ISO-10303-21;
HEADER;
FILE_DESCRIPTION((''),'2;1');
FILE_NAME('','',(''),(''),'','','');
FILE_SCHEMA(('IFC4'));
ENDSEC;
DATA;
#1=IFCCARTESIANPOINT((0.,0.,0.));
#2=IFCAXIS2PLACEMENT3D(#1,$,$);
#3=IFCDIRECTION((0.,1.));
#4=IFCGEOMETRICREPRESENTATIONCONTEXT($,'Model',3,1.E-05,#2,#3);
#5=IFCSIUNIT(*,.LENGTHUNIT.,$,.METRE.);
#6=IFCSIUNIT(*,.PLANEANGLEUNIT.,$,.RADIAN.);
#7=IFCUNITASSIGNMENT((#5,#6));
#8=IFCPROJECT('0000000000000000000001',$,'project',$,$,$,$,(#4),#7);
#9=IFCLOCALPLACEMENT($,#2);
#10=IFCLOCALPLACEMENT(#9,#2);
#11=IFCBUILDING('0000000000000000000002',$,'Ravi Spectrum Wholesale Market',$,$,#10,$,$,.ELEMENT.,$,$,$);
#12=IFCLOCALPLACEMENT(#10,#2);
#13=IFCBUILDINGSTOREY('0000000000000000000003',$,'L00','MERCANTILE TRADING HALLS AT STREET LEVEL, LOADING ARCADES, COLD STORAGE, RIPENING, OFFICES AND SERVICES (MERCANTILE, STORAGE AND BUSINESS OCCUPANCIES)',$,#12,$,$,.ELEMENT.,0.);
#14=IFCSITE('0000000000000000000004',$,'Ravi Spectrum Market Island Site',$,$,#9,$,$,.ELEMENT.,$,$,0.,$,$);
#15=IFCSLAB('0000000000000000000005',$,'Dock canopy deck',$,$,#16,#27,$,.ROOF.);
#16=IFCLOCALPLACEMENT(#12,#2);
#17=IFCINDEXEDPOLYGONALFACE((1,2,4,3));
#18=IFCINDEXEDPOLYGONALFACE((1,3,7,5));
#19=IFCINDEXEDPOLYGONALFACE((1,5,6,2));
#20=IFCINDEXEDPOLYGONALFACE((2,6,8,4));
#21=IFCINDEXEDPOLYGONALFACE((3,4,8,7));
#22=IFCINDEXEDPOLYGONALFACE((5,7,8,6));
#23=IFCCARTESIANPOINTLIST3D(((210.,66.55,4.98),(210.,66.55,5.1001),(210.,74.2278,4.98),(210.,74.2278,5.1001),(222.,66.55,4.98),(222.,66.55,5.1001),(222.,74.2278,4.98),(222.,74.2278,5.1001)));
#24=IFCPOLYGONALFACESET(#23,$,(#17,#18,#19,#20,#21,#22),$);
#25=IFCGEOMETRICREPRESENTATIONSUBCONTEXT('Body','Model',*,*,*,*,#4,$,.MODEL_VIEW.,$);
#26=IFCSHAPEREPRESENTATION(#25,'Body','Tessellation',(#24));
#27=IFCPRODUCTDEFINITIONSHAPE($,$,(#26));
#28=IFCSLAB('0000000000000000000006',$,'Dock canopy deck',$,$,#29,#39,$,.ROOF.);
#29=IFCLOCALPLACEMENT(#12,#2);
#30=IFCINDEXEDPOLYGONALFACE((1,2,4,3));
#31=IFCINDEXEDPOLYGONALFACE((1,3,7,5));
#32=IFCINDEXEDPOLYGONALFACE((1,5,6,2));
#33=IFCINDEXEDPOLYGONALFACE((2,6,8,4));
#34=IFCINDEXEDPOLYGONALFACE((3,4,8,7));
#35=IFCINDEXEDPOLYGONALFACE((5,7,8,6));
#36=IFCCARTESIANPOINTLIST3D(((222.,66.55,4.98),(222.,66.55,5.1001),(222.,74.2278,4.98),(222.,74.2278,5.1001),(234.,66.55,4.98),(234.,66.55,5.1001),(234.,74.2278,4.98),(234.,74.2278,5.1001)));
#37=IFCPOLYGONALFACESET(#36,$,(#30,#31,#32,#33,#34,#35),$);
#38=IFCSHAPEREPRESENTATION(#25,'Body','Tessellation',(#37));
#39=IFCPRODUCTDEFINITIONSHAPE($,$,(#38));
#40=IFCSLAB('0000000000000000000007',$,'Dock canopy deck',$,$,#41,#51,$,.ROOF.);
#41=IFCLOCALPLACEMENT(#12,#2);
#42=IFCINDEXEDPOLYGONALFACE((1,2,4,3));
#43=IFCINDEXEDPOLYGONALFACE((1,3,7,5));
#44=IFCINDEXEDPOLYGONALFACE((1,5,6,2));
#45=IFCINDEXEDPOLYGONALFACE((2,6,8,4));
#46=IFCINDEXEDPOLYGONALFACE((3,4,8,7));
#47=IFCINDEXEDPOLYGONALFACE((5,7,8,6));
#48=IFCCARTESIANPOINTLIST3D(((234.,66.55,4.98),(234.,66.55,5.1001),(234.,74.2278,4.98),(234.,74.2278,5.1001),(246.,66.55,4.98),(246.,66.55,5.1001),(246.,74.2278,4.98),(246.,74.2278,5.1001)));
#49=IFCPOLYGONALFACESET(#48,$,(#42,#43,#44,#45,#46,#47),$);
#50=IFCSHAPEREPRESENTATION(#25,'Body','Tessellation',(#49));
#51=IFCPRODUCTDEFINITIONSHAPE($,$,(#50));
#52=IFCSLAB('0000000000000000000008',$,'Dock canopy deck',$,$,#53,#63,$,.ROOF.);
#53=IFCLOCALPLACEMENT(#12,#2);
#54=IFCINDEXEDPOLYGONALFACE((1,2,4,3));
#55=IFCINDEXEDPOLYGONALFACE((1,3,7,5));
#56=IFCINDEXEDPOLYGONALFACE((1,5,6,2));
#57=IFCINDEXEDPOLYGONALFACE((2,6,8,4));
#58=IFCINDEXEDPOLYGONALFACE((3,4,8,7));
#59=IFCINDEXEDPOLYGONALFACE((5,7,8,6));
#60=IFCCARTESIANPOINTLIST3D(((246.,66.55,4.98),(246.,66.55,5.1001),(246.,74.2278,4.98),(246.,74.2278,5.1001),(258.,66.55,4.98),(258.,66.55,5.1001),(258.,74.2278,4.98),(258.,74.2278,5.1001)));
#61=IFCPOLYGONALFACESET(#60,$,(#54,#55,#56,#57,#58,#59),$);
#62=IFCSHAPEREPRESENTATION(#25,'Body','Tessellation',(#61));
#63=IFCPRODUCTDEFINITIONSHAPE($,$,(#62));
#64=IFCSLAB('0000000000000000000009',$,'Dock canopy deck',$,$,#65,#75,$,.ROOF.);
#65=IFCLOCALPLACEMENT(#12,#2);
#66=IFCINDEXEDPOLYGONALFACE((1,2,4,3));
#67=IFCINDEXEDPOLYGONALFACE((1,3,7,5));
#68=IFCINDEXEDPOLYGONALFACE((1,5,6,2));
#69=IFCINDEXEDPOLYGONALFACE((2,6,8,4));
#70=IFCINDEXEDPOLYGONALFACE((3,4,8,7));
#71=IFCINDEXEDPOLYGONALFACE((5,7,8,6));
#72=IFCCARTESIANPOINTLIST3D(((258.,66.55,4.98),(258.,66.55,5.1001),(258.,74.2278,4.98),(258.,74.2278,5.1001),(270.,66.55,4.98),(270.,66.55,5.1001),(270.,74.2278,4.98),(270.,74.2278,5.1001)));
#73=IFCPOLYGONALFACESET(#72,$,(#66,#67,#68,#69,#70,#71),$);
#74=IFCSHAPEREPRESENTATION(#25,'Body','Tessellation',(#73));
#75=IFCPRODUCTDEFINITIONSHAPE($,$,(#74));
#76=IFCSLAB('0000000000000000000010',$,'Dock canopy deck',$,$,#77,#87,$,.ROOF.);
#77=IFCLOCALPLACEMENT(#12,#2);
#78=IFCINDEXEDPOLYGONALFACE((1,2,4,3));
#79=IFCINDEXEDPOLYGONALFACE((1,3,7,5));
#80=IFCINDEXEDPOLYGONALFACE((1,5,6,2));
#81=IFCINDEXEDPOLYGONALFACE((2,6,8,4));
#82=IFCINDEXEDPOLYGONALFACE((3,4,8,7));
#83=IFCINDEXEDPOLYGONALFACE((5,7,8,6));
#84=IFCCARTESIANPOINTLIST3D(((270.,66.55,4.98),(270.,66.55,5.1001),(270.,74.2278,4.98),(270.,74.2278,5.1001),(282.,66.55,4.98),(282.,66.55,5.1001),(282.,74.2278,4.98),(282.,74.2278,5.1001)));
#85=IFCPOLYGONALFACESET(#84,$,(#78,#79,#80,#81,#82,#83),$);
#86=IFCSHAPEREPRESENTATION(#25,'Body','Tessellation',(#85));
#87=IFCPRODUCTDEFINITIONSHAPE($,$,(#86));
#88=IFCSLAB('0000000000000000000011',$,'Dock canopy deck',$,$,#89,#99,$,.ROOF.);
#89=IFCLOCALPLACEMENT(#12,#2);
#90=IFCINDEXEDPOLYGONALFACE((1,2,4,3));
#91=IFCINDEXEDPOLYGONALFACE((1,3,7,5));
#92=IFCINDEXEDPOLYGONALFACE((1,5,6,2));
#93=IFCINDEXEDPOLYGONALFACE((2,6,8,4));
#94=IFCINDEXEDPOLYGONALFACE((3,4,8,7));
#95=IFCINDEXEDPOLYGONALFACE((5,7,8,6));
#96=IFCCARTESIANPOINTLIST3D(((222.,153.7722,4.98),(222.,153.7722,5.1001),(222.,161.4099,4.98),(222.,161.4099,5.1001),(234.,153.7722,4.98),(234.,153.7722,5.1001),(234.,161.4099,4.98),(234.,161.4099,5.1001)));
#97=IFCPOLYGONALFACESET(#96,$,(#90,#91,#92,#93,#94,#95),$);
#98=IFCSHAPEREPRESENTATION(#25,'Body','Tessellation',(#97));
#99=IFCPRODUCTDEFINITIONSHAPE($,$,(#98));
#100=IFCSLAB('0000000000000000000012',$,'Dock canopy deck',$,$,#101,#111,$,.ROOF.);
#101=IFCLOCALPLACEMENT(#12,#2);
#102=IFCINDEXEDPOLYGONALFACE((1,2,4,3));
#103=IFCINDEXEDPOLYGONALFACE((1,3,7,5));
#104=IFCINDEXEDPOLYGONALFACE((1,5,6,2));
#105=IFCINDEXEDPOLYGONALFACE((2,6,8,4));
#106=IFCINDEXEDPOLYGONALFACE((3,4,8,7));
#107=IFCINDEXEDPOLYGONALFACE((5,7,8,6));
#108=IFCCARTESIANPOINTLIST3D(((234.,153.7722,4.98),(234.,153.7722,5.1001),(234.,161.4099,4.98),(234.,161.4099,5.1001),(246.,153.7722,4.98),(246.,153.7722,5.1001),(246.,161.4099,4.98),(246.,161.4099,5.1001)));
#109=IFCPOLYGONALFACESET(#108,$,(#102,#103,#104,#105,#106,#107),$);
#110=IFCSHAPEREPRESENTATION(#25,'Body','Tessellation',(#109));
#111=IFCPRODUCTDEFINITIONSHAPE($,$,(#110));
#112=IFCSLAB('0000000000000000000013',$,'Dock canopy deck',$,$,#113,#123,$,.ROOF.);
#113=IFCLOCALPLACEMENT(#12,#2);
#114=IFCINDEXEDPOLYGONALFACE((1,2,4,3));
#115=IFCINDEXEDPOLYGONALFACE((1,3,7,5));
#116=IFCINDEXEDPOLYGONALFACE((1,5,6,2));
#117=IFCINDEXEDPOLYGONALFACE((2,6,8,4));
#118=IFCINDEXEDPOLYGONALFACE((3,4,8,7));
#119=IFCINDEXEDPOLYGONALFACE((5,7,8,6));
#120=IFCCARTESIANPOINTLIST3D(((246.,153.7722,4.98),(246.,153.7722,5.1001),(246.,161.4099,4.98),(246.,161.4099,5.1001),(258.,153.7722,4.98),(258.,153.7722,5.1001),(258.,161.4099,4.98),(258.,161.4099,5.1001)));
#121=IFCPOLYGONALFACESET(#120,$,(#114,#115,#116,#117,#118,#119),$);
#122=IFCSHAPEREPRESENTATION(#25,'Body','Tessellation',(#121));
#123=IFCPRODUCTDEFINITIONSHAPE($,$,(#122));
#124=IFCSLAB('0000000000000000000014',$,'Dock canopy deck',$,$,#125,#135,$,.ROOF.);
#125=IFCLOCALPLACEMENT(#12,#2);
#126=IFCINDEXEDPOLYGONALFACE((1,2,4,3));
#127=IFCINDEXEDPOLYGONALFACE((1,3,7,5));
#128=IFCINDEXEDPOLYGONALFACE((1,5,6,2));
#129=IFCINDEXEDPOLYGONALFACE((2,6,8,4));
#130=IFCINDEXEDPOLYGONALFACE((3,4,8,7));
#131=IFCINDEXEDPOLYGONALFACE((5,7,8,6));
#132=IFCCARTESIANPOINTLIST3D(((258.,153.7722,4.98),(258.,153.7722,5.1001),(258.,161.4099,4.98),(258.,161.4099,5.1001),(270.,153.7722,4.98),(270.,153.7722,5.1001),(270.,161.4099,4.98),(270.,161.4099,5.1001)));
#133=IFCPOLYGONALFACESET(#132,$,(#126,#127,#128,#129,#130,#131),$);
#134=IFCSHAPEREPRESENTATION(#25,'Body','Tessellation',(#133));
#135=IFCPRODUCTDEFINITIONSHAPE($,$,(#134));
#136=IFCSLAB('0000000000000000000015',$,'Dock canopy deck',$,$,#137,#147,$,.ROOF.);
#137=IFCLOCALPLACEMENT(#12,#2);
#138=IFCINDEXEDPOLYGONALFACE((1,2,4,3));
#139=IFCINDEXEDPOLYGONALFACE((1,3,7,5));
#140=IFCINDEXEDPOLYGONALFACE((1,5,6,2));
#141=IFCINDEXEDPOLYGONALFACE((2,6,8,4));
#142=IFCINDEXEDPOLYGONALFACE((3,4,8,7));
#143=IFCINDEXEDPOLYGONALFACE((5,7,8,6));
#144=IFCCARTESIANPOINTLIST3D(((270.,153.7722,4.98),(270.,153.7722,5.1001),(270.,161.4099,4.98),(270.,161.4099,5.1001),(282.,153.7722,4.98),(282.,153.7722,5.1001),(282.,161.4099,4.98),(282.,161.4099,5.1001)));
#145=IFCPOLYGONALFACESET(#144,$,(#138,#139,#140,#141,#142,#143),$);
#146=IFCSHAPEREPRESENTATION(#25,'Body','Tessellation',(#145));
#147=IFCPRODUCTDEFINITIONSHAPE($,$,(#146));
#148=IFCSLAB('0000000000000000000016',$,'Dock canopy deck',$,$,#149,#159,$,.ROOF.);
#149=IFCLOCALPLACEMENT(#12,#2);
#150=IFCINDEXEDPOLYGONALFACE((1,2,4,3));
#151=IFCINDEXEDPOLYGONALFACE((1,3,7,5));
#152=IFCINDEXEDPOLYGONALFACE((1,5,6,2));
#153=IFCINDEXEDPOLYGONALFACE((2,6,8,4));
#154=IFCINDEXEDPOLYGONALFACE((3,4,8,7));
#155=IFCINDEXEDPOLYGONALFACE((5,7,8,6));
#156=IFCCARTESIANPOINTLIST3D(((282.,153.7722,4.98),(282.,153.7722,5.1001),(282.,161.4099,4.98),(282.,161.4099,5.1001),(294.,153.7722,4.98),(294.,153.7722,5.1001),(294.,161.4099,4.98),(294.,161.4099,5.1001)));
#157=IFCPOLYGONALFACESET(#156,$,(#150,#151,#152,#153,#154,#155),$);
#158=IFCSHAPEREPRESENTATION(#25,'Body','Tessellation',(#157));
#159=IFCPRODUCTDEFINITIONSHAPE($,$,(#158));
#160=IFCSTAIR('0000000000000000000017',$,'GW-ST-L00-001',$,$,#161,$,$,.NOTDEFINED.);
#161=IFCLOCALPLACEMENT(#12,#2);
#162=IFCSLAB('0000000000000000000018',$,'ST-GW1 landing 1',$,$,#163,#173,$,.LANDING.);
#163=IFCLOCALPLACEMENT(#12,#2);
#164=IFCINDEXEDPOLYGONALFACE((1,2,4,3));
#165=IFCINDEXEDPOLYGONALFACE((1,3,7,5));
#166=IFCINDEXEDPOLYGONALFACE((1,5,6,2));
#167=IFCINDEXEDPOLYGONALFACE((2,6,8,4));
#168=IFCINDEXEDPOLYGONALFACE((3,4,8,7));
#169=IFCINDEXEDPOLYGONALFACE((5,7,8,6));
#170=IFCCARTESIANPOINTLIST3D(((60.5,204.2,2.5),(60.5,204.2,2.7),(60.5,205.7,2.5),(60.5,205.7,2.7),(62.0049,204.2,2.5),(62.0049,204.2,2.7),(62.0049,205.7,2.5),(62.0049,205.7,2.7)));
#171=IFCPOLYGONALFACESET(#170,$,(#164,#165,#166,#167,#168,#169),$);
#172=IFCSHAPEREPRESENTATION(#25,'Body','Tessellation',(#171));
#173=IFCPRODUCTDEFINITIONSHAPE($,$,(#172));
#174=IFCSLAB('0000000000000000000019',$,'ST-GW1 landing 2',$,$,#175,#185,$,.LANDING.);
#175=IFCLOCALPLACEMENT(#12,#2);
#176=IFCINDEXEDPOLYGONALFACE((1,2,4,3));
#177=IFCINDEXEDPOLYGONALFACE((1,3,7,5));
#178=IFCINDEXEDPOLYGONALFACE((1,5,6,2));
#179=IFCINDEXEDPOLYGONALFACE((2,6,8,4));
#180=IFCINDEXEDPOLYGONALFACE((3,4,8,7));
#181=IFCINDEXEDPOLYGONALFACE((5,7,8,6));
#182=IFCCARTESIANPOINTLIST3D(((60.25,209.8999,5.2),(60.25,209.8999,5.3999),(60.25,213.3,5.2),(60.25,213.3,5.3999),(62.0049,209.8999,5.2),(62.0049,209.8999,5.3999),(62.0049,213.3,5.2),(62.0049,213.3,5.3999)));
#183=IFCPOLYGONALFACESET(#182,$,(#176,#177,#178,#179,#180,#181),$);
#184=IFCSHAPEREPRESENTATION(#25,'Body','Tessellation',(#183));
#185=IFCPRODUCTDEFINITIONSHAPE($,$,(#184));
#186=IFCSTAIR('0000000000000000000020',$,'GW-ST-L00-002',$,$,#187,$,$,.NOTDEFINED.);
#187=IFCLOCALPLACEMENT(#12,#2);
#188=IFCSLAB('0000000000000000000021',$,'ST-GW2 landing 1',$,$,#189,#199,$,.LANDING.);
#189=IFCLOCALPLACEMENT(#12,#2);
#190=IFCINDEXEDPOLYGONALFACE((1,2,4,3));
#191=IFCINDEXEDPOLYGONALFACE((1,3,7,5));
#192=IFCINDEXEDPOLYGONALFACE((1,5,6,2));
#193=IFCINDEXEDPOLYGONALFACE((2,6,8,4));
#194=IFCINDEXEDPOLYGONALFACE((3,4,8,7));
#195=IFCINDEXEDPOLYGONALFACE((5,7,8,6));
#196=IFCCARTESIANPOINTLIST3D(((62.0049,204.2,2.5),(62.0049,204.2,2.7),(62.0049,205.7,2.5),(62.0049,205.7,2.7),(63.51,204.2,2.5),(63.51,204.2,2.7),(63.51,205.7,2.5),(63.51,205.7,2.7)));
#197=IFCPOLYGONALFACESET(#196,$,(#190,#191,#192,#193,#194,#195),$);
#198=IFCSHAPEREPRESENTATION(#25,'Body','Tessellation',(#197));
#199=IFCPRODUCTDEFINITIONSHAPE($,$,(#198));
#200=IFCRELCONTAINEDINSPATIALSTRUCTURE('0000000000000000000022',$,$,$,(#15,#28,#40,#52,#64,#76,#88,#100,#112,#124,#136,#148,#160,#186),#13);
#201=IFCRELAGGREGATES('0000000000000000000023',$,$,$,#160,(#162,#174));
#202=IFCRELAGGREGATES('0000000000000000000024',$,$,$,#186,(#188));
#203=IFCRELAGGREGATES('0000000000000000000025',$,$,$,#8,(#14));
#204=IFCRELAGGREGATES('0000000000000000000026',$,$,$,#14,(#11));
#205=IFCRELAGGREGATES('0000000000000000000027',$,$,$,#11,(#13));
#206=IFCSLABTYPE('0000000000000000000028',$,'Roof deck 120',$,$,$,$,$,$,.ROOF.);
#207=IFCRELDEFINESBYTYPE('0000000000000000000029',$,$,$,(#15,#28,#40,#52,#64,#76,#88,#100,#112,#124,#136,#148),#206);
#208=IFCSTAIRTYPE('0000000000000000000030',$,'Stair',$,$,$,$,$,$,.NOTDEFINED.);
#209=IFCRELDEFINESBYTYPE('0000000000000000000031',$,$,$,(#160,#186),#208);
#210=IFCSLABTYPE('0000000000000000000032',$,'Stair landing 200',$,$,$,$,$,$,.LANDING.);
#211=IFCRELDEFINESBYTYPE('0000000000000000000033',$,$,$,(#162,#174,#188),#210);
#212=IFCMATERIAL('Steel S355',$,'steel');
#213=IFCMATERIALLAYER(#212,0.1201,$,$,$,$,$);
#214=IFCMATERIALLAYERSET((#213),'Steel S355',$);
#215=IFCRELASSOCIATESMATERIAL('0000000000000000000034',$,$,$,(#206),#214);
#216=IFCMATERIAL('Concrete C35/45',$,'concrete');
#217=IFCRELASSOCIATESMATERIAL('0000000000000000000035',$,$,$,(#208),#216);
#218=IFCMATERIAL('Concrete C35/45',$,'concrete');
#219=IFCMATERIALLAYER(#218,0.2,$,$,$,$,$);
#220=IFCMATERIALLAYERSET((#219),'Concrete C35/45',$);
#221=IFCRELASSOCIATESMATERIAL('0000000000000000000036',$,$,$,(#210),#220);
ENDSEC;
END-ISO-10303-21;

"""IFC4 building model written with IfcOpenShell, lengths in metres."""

from ifc_helpers import new_model, si_unit, direction, frame, origin, place, context, subcontext, project, spatial, polyline, outline, extrude, material, layer, layer_set, type_object, element, aggregate, save


model = new_model("IFC4")

# Units and contexts
model_context = context("Model", 3, precision=1e-05, world=origin(), true_north=direction((0.0, 1.0)))
body_context = subcontext(model_context, "Body", "Model", "MODEL_VIEW")
ifc_project = project(units=[si_unit("LENGTHUNIT", "METRE"), si_unit("PLANEANGLEUNIT", "RADIAN")], contexts=[model_context])

# Site, building, storey
site_placement = place(None, origin())
site = spatial("IfcSite", under=ifc_project, at=site_placement, Name="Ravi Spectrum Market Island Site", CompositionType="ELEMENT", RefElevation=0.0)
building_placement = place(site_placement, origin())
building = spatial("IfcBuilding", under=site, at=building_placement, Name="Ravi Spectrum Wholesale Market", CompositionType="ELEMENT")
storey_placement = place(building_placement, origin())
storey = spatial("IfcBuildingStorey", under=building, at=storey_placement, Name="L00", Description="MERCANTILE TRADING HALLS AT STREET LEVEL, LOADING ARCADES, COLD STORAGE, RIPENING, OFFICES AND SERVICES (MERCANTILE, STORAGE AND BUSINESS OCCUPANCIES)", CompositionType="ELEMENT", Elevation=0.0)

# Slabs
ifc_material_1 = material(Name="Steel S355", Category="steel")
ifc_layer_1 = layer(ifc_material_1, 0.1201)
ifc_layer_set_1 = layer_set([ifc_layer_1], Name="Steel S355")
slab_type_1 = type_object("IfcSlabType", Name="Roof deck 120", PredefinedType="ROOF", material=ifc_layer_set_1)
slab_1_placement = place(storey_placement, frame((0.0, 0.0, 4.98)))
element("IfcSlab", 1, at=slab_1_placement, inside=storey, type_object=slab_type_1, Name="Dock canopy deck", PredefinedType="ROOF", context=body_context, shape_type="SweptSolid", body=[
    extrude(outline(polyline([(222.0, 66.55), (222.0, 74.2278), (210.0, 74.2278), (210.0, 66.55), (222.0, 66.55)])), origin(), (0.0, 0.0, 1.0), 0.1201),
])
slab_2_placement = place(storey_placement, frame((0.0, 0.0, 4.98)))
element("IfcSlab", 2, at=slab_2_placement, inside=storey, type_object=slab_type_1, Name="Dock canopy deck", PredefinedType="ROOF", context=body_context, shape_type="SweptSolid", body=[
    extrude(outline(polyline([(234.0, 66.55), (234.0, 74.2278), (222.0, 74.2278), (222.0, 66.55), (234.0, 66.55)])), origin(), (0.0, 0.0, 1.0), 0.1201),
])
slab_3_placement = place(storey_placement, frame((0.0, 0.0, 4.98)))
element("IfcSlab", 3, at=slab_3_placement, inside=storey, type_object=slab_type_1, Name="Dock canopy deck", PredefinedType="ROOF", context=body_context, shape_type="SweptSolid", body=[
    extrude(outline(polyline([(246.0, 66.55), (246.0, 74.2278), (234.0, 74.2278), (234.0, 66.55), (246.0, 66.55)])), origin(), (0.0, 0.0, 1.0), 0.1201),
])
slab_4_placement = place(storey_placement, frame((0.0, 0.0, 4.98)))
element("IfcSlab", 4, at=slab_4_placement, inside=storey, type_object=slab_type_1, Name="Dock canopy deck", PredefinedType="ROOF", context=body_context, shape_type="SweptSolid", body=[
    extrude(outline(polyline([(258.0, 66.55), (258.0, 74.2278), (246.0, 74.2278), (246.0, 66.55), (258.0, 66.55)])), origin(), (0.0, 0.0, 1.0), 0.1201),
])
slab_5_placement = place(storey_placement, frame((0.0, 0.0, 4.98)))
element("IfcSlab", 5, at=slab_5_placement, inside=storey, type_object=slab_type_1, Name="Dock canopy deck", PredefinedType="ROOF", context=body_context, shape_type="SweptSolid", body=[
    extrude(outline(polyline([(270.0, 66.55), (270.0, 74.2278), (258.0, 74.2278), (258.0, 66.55), (270.0, 66.55)])), origin(), (0.0, 0.0, 1.0), 0.1201),
])
slab_6_placement = place(storey_placement, frame((0.0, 0.0, 4.98)))
element("IfcSlab", 6, at=slab_6_placement, inside=storey, type_object=slab_type_1, Name="Dock canopy deck", PredefinedType="ROOF", context=body_context, shape_type="SweptSolid", body=[
    extrude(outline(polyline([(282.0, 66.55), (282.0, 74.2278), (270.0, 74.2278), (270.0, 66.55), (282.0, 66.55)])), origin(), (0.0, 0.0, 1.0), 0.1201),
])
slab_7_placement = place(storey_placement, frame((0.0, 0.0, 4.98)))
element("IfcSlab", 7, at=slab_7_placement, inside=storey, type_object=slab_type_1, Name="Dock canopy deck", PredefinedType="ROOF", context=body_context, shape_type="SweptSolid", body=[
    extrude(outline(polyline([(234.0, 153.7722), (234.0, 161.4099), (222.0, 161.4099), (222.0, 153.7722), (234.0, 153.7722)])), origin(), (0.0, 0.0, 1.0), 0.1201),
])
slab_8_placement = place(storey_placement, frame((0.0, 0.0, 4.98)))
element("IfcSlab", 8, at=slab_8_placement, inside=storey, type_object=slab_type_1, Name="Dock canopy deck", PredefinedType="ROOF", context=body_context, shape_type="SweptSolid", body=[
    extrude(outline(polyline([(246.0, 153.7722), (246.0, 161.4099), (234.0, 161.4099), (234.0, 153.7722), (246.0, 153.7722)])), origin(), (0.0, 0.0, 1.0), 0.1201),
])
slab_9_placement = place(storey_placement, frame((0.0, 0.0, 4.98)))
element("IfcSlab", 9, at=slab_9_placement, inside=storey, type_object=slab_type_1, Name="Dock canopy deck", PredefinedType="ROOF", context=body_context, shape_type="SweptSolid", body=[
    extrude(outline(polyline([(258.0, 153.7722), (258.0, 161.4099), (246.0, 161.4099), (246.0, 153.7722), (258.0, 153.7722)])), origin(), (0.0, 0.0, 1.0), 0.1201),
])
slab_10_placement = place(storey_placement, frame((0.0, 0.0, 4.98)))
element("IfcSlab", 10, at=slab_10_placement, inside=storey, type_object=slab_type_1, Name="Dock canopy deck", PredefinedType="ROOF", context=body_context, shape_type="SweptSolid", body=[
    extrude(outline(polyline([(270.0, 153.7722), (270.0, 161.4099), (258.0, 161.4099), (258.0, 153.7722), (270.0, 153.7722)])), origin(), (0.0, 0.0, 1.0), 0.1201),
])
slab_11_placement = place(storey_placement, frame((0.0, 0.0, 4.98)))
element("IfcSlab", 11, at=slab_11_placement, inside=storey, type_object=slab_type_1, Name="Dock canopy deck", PredefinedType="ROOF", context=body_context, shape_type="SweptSolid", body=[
    extrude(outline(polyline([(282.0, 153.7722), (282.0, 161.4099), (270.0, 161.4099), (270.0, 153.7722), (282.0, 153.7722)])), origin(), (0.0, 0.0, 1.0), 0.1201),
])
slab_12_placement = place(storey_placement, frame((0.0, 0.0, 4.98)))
element("IfcSlab", 12, at=slab_12_placement, inside=storey, type_object=slab_type_1, Name="Dock canopy deck", PredefinedType="ROOF", context=body_context, shape_type="SweptSolid", body=[
    extrude(outline(polyline([(294.0, 153.7722), (294.0, 161.4099), (282.0, 161.4099), (282.0, 153.7722), (294.0, 153.7722)])), origin(), (0.0, 0.0, 1.0), 0.1201),
])

# Stairs, slabs
ifc_material_2 = material(Name="Concrete C35/45", Category="concrete")
stair_type = type_object("IfcStairType", Name="Stair", PredefinedType="NOTDEFINED", material=ifc_material_2)
stair_1_placement = place(storey_placement, origin())
stair_1 = element("IfcStair", 13, at=stair_1_placement, inside=storey, type_object=stair_type, Name="GW-ST-L00-001", PredefinedType="NOTDEFINED")
ifc_material_3 = material(Name="Concrete C35/45", Category="concrete")
ifc_layer_2 = layer(ifc_material_3, 0.2)
ifc_layer_set_2 = layer_set([ifc_layer_2], Name="Concrete C35/45")
slab_type_2 = type_object("IfcSlabType", Name="Stair landing 200", PredefinedType="LANDING", material=ifc_layer_set_2)
slab_13_placement = place(storey_placement, frame((0.0, 0.0, 2.5)))
slab_13 = element("IfcSlab", 14, at=slab_13_placement, type_object=slab_type_2, Name="ST-GW1 landing 1", PredefinedType="LANDING", context=body_context, shape_type="SweptSolid", body=[
    extrude(outline(polyline([(60.5, 204.2), (62.0049, 204.2), (62.0049, 205.7), (60.5, 205.7), (60.5, 204.2)])), origin(), (0.0, 0.0, 1.0), 0.2),
])
slab_14_placement = place(storey_placement, frame((0.0, 0.0, 5.2)))
slab_14 = element("IfcSlab", 15, at=slab_14_placement, type_object=slab_type_2, Name="ST-GW1 landing 2", PredefinedType="LANDING", context=body_context, shape_type="SweptSolid", body=[
    extrude(outline(polyline([(60.25, 209.8999), (62.0049, 209.8999), (62.0049, 213.3), (60.25, 213.3), (60.25, 209.8999)])), origin(), (0.0, 0.0, 1.0), 0.2),
])
aggregate(stair_1, [slab_13, slab_14])
stair_2_placement = place(storey_placement, origin())
stair_2 = element("IfcStair", 16, at=stair_2_placement, inside=storey, type_object=stair_type, Name="GW-ST-L00-002", PredefinedType="NOTDEFINED")
slab_15_placement = place(storey_placement, frame((0.0, 0.0, 2.5)))
slab_15 = element("IfcSlab", 17, at=slab_15_placement, type_object=slab_type_2, Name="ST-GW2 landing 1", PredefinedType="LANDING", context=body_context, shape_type="SweptSolid", body=[
    extrude(outline(polyline([(62.0049, 204.2), (63.51, 204.2), (63.51, 205.7), (62.0049, 205.7), (62.0049, 204.2)])), origin(), (0.0, 0.0, 1.0), 0.2),
])
aggregate(stair_2, [slab_15])

save(model, "model.ifc")
